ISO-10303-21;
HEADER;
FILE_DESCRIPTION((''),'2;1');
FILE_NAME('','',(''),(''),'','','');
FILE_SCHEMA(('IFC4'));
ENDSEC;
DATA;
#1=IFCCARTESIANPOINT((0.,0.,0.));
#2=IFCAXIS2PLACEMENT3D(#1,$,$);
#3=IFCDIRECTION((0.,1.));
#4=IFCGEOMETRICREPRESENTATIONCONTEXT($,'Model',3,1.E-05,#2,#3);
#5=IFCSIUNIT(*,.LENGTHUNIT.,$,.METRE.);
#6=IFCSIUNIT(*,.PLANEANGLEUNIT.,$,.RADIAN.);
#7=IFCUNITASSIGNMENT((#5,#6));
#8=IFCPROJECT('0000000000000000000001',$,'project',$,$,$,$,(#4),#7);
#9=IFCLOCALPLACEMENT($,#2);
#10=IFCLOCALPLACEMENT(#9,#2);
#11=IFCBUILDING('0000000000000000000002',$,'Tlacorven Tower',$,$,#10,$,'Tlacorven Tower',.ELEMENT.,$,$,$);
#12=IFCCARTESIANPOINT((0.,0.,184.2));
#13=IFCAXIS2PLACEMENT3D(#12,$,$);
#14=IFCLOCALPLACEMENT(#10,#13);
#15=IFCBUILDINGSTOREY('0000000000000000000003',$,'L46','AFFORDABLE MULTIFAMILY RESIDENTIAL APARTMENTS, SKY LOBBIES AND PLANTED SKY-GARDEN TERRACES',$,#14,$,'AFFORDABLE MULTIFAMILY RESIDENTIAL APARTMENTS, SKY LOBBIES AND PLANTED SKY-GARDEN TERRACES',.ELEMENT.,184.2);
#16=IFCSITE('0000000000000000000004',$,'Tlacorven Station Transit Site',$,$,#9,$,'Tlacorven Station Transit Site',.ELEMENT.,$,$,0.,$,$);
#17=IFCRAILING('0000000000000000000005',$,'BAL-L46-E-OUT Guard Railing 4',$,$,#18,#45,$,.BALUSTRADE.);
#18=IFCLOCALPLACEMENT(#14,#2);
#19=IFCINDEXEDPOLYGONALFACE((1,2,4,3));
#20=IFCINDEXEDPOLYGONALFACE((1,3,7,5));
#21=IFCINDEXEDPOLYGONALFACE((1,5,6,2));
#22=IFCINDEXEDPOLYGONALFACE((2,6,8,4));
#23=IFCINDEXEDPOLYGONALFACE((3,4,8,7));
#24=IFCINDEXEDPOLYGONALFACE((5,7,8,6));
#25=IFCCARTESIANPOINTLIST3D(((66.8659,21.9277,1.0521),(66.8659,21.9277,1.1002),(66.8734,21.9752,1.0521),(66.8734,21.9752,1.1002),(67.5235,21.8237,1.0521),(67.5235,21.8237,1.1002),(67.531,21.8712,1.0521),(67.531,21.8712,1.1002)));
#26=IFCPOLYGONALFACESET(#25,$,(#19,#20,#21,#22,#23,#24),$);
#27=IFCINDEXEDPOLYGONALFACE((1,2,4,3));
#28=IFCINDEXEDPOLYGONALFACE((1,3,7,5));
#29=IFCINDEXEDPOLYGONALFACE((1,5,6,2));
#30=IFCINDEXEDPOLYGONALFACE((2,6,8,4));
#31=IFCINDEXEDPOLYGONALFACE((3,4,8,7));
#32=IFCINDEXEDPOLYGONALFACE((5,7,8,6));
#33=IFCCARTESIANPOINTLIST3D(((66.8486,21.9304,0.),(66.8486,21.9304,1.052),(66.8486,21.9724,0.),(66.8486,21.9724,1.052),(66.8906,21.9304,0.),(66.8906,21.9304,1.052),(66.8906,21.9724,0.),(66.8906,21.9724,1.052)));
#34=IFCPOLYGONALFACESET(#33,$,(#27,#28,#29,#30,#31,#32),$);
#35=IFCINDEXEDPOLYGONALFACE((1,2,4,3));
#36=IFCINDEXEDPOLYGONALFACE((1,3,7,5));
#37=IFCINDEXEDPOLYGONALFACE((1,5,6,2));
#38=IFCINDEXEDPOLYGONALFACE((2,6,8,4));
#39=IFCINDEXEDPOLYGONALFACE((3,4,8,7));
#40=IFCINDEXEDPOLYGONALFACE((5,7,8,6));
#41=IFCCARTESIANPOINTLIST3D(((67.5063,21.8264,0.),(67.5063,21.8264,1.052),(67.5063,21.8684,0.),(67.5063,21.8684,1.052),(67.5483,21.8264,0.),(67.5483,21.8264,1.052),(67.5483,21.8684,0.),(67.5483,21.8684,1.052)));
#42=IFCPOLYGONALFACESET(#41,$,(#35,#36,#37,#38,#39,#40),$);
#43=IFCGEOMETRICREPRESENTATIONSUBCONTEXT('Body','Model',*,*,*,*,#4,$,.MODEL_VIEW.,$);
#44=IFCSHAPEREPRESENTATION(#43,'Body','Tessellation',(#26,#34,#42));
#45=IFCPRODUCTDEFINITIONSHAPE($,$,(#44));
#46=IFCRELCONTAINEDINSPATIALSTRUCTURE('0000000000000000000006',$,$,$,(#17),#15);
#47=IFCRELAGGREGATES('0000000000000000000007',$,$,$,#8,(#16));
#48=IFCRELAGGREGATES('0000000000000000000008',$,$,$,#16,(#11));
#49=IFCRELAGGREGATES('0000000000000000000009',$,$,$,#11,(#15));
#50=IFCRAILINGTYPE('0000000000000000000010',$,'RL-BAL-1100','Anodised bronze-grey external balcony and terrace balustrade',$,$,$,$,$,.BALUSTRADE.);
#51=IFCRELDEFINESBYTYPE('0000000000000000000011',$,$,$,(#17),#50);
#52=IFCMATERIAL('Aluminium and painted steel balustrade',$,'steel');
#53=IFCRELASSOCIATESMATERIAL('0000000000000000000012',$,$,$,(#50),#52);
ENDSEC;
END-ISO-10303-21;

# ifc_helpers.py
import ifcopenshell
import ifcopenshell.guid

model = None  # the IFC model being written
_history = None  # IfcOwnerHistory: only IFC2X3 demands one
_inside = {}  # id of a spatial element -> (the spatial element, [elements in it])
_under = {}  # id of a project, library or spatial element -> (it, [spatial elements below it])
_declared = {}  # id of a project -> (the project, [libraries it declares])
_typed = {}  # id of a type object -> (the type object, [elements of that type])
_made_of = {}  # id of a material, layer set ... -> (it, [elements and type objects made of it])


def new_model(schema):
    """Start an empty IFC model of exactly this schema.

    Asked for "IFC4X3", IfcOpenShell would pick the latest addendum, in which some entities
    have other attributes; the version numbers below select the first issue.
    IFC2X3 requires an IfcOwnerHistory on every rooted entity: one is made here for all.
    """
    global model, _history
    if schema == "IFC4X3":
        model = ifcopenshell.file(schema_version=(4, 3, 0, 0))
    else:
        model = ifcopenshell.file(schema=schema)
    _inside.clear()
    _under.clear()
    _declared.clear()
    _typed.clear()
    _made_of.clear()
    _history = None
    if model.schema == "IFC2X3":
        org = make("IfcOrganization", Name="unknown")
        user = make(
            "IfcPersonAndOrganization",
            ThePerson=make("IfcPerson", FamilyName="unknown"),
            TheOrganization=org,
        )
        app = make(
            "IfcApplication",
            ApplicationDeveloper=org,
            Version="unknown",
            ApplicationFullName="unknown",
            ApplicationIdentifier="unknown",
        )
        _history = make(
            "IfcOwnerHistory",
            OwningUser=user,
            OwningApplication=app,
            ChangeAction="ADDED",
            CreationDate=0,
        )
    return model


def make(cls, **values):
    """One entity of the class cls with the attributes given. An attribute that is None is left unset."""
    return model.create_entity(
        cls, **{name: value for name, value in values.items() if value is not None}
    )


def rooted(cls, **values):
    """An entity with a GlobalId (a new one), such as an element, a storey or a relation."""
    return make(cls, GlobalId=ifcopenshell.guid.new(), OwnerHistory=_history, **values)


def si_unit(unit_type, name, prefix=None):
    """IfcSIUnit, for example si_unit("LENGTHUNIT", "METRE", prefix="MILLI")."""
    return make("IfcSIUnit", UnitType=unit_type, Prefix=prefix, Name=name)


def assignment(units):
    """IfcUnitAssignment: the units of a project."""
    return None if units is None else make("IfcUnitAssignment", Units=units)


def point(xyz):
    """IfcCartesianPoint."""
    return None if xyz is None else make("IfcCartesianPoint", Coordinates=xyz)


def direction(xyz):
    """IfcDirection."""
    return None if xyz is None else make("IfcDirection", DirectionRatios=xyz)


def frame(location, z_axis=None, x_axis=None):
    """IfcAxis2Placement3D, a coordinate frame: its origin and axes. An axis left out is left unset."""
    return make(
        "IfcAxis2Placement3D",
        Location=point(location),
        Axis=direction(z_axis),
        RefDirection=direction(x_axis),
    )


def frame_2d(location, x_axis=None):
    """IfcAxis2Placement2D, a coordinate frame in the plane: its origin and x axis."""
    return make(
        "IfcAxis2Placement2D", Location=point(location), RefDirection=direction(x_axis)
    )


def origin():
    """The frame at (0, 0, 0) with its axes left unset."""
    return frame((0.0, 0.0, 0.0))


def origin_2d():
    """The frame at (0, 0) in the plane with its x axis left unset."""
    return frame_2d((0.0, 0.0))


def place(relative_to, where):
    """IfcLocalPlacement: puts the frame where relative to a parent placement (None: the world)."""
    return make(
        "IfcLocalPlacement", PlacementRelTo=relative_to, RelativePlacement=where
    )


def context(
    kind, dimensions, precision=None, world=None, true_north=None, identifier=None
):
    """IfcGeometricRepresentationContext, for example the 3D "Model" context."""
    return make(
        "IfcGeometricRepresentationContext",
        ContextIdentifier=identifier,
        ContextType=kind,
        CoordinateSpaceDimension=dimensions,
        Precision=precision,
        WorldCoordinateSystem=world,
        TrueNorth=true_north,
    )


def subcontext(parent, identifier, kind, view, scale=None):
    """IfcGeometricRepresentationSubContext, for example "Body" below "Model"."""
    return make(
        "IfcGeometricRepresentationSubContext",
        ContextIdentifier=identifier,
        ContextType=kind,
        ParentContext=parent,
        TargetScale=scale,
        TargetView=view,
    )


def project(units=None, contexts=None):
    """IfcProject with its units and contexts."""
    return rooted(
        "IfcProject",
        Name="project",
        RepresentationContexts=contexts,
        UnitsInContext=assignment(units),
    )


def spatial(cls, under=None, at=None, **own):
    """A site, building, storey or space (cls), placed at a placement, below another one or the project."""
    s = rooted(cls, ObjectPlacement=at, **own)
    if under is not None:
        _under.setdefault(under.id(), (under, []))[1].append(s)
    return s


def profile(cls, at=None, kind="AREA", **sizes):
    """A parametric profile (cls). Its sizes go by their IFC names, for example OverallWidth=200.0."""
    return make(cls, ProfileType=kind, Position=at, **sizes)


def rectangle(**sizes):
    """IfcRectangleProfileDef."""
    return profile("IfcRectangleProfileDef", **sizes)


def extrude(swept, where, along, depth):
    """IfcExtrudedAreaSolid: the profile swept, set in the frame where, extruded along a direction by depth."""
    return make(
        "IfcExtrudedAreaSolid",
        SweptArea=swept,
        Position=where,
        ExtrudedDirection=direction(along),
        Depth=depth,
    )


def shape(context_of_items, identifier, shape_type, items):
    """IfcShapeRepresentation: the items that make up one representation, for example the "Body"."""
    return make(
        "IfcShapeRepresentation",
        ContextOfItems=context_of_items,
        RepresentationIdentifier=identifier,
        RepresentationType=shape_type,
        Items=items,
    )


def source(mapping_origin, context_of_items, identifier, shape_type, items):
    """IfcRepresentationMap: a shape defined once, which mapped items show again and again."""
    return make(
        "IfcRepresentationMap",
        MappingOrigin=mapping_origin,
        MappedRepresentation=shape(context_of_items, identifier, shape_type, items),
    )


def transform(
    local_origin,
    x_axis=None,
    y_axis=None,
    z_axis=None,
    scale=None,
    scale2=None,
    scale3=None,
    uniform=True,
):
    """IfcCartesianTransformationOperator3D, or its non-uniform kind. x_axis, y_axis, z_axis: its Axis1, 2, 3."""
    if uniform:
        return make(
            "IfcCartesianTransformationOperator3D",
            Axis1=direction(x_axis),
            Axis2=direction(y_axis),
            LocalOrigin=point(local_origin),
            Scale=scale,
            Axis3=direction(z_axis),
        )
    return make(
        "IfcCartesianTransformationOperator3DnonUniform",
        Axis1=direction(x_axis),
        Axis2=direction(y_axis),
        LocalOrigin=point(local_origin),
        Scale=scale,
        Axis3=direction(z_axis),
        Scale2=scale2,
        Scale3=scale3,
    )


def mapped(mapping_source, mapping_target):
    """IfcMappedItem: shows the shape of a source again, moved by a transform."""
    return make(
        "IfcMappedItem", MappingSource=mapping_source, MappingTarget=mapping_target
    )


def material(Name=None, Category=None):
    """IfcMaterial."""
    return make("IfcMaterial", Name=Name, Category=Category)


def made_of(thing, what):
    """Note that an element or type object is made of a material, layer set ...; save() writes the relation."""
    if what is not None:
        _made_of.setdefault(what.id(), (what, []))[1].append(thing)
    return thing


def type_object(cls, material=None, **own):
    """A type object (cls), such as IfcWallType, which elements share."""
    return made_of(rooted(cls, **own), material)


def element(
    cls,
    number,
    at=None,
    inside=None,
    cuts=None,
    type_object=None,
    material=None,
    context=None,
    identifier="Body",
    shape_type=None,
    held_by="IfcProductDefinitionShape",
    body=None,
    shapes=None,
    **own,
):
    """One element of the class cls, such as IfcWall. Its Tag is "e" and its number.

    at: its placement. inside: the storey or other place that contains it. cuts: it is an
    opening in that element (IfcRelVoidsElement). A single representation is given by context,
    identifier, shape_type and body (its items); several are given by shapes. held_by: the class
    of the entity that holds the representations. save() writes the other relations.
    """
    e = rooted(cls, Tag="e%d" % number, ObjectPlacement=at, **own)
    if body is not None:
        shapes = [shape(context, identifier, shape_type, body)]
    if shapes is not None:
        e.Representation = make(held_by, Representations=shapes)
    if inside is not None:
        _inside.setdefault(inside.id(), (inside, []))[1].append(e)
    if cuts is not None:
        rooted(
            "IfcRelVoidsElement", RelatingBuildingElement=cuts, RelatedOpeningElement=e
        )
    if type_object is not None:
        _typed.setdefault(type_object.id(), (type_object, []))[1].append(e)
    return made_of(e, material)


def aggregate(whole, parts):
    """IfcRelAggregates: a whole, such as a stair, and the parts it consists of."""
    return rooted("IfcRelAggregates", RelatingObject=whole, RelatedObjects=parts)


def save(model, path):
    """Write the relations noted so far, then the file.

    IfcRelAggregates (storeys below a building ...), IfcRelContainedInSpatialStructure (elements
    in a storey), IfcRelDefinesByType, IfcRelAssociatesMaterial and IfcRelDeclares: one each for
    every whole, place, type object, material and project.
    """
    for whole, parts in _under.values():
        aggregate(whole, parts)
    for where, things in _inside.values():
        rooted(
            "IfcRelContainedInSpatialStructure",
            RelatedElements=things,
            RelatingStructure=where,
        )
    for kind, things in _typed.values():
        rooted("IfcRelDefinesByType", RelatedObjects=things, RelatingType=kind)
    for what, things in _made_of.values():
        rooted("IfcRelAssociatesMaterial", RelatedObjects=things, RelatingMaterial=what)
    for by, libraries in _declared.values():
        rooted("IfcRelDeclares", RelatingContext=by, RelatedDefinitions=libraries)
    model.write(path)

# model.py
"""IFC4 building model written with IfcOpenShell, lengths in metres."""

from ifc_helpers import new_model, si_unit, direction, frame, origin, origin_2d, place, context, subcontext, project, spatial, rectangle, extrude, source, transform, mapped, material, type_object, element, save


model = new_model("IFC4")

# Units and contexts
model_context = context("Model", 3, precision=1e-05, world=origin(), true_north=direction((0.0, 1.0)))
body_context = subcontext(model_context, "Body", "Model", "MODEL_VIEW")
ifc_project = project(units=[si_unit("LENGTHUNIT", "METRE"), si_unit("PLANEANGLEUNIT", "RADIAN")], contexts=[model_context])

# Site, building, storey
site_placement = place(None, origin())
site = spatial("IfcSite", under=ifc_project, at=site_placement, Name="Tlacorven Station Transit Site", LongName="Tlacorven Station Transit Site", CompositionType="ELEMENT", RefElevation=0.0)
building_placement = place(site_placement, origin())
building = spatial("IfcBuilding", under=site, at=building_placement, Name="Tlacorven Tower", LongName="Tlacorven Tower", CompositionType="ELEMENT")
storey_placement = place(building_placement, frame((0.0, 0.0, 184.2)))
storey = spatial("IfcBuildingStorey", under=building, at=storey_placement, Name="L46", Description="AFFORDABLE MULTIFAMILY RESIDENTIAL APARTMENTS, SKY LOBBIES AND PLANTED SKY-GARDEN TERRACES", LongName="AFFORDABLE MULTIFAMILY RESIDENTIAL APARTMENTS, SKY LOBBIES AND PLANTED SKY-GARDEN TERRACES", CompositionType="ELEMENT", Elevation=184.2)

# Railing
ifc_material_1 = material(Name="Aluminium and painted steel balustrade", Category="steel")
railing_type = type_object("IfcRailingType", Name="RL-BAL-1100", Description="Anodised bronze-grey external balcony and terrace balustrade", PredefinedType="BALUSTRADE", material=ifc_material_1)
shared_shape_1 = source(origin(), body_context, "Body", "SweptSolid", [
    extrude(rectangle(XDim=0.0481, YDim=0.0481, at=origin_2d()), frame((0.0, 0.0, 1.0762), z_axis=(0.987727, -0.156188, 0.0), x_axis=(0.156188, 0.987727, 0.0)), (0.0, 0.0, 1.0), 0.6658),
    extrude(rectangle(XDim=0.042, YDim=0.042, at=origin_2d()), origin(), (0.0, 0.0, 1.0), 1.052),
    extrude(rectangle(XDim=0.042, YDim=0.042, at=origin_2d()), frame((0.6577, -0.104, 0.0)), (0.0, 0.0, 1.0), 1.052),
])
railing_1_placement = place(storey_placement, frame((66.8696, 21.9514, 0.0)))
element("IfcRailing", 1, at=railing_1_placement, inside=storey, type_object=railing_type, Name="BAL-L46-E-OUT Guard Railing 4", PredefinedType="BALUSTRADE", context=body_context, shape_type="MappedRepresentation", body=[
    mapped(shared_shape_1, transform((0.0, 0.0, 0.0), scale=1.0)),
])

save(model, "model.ifc")
